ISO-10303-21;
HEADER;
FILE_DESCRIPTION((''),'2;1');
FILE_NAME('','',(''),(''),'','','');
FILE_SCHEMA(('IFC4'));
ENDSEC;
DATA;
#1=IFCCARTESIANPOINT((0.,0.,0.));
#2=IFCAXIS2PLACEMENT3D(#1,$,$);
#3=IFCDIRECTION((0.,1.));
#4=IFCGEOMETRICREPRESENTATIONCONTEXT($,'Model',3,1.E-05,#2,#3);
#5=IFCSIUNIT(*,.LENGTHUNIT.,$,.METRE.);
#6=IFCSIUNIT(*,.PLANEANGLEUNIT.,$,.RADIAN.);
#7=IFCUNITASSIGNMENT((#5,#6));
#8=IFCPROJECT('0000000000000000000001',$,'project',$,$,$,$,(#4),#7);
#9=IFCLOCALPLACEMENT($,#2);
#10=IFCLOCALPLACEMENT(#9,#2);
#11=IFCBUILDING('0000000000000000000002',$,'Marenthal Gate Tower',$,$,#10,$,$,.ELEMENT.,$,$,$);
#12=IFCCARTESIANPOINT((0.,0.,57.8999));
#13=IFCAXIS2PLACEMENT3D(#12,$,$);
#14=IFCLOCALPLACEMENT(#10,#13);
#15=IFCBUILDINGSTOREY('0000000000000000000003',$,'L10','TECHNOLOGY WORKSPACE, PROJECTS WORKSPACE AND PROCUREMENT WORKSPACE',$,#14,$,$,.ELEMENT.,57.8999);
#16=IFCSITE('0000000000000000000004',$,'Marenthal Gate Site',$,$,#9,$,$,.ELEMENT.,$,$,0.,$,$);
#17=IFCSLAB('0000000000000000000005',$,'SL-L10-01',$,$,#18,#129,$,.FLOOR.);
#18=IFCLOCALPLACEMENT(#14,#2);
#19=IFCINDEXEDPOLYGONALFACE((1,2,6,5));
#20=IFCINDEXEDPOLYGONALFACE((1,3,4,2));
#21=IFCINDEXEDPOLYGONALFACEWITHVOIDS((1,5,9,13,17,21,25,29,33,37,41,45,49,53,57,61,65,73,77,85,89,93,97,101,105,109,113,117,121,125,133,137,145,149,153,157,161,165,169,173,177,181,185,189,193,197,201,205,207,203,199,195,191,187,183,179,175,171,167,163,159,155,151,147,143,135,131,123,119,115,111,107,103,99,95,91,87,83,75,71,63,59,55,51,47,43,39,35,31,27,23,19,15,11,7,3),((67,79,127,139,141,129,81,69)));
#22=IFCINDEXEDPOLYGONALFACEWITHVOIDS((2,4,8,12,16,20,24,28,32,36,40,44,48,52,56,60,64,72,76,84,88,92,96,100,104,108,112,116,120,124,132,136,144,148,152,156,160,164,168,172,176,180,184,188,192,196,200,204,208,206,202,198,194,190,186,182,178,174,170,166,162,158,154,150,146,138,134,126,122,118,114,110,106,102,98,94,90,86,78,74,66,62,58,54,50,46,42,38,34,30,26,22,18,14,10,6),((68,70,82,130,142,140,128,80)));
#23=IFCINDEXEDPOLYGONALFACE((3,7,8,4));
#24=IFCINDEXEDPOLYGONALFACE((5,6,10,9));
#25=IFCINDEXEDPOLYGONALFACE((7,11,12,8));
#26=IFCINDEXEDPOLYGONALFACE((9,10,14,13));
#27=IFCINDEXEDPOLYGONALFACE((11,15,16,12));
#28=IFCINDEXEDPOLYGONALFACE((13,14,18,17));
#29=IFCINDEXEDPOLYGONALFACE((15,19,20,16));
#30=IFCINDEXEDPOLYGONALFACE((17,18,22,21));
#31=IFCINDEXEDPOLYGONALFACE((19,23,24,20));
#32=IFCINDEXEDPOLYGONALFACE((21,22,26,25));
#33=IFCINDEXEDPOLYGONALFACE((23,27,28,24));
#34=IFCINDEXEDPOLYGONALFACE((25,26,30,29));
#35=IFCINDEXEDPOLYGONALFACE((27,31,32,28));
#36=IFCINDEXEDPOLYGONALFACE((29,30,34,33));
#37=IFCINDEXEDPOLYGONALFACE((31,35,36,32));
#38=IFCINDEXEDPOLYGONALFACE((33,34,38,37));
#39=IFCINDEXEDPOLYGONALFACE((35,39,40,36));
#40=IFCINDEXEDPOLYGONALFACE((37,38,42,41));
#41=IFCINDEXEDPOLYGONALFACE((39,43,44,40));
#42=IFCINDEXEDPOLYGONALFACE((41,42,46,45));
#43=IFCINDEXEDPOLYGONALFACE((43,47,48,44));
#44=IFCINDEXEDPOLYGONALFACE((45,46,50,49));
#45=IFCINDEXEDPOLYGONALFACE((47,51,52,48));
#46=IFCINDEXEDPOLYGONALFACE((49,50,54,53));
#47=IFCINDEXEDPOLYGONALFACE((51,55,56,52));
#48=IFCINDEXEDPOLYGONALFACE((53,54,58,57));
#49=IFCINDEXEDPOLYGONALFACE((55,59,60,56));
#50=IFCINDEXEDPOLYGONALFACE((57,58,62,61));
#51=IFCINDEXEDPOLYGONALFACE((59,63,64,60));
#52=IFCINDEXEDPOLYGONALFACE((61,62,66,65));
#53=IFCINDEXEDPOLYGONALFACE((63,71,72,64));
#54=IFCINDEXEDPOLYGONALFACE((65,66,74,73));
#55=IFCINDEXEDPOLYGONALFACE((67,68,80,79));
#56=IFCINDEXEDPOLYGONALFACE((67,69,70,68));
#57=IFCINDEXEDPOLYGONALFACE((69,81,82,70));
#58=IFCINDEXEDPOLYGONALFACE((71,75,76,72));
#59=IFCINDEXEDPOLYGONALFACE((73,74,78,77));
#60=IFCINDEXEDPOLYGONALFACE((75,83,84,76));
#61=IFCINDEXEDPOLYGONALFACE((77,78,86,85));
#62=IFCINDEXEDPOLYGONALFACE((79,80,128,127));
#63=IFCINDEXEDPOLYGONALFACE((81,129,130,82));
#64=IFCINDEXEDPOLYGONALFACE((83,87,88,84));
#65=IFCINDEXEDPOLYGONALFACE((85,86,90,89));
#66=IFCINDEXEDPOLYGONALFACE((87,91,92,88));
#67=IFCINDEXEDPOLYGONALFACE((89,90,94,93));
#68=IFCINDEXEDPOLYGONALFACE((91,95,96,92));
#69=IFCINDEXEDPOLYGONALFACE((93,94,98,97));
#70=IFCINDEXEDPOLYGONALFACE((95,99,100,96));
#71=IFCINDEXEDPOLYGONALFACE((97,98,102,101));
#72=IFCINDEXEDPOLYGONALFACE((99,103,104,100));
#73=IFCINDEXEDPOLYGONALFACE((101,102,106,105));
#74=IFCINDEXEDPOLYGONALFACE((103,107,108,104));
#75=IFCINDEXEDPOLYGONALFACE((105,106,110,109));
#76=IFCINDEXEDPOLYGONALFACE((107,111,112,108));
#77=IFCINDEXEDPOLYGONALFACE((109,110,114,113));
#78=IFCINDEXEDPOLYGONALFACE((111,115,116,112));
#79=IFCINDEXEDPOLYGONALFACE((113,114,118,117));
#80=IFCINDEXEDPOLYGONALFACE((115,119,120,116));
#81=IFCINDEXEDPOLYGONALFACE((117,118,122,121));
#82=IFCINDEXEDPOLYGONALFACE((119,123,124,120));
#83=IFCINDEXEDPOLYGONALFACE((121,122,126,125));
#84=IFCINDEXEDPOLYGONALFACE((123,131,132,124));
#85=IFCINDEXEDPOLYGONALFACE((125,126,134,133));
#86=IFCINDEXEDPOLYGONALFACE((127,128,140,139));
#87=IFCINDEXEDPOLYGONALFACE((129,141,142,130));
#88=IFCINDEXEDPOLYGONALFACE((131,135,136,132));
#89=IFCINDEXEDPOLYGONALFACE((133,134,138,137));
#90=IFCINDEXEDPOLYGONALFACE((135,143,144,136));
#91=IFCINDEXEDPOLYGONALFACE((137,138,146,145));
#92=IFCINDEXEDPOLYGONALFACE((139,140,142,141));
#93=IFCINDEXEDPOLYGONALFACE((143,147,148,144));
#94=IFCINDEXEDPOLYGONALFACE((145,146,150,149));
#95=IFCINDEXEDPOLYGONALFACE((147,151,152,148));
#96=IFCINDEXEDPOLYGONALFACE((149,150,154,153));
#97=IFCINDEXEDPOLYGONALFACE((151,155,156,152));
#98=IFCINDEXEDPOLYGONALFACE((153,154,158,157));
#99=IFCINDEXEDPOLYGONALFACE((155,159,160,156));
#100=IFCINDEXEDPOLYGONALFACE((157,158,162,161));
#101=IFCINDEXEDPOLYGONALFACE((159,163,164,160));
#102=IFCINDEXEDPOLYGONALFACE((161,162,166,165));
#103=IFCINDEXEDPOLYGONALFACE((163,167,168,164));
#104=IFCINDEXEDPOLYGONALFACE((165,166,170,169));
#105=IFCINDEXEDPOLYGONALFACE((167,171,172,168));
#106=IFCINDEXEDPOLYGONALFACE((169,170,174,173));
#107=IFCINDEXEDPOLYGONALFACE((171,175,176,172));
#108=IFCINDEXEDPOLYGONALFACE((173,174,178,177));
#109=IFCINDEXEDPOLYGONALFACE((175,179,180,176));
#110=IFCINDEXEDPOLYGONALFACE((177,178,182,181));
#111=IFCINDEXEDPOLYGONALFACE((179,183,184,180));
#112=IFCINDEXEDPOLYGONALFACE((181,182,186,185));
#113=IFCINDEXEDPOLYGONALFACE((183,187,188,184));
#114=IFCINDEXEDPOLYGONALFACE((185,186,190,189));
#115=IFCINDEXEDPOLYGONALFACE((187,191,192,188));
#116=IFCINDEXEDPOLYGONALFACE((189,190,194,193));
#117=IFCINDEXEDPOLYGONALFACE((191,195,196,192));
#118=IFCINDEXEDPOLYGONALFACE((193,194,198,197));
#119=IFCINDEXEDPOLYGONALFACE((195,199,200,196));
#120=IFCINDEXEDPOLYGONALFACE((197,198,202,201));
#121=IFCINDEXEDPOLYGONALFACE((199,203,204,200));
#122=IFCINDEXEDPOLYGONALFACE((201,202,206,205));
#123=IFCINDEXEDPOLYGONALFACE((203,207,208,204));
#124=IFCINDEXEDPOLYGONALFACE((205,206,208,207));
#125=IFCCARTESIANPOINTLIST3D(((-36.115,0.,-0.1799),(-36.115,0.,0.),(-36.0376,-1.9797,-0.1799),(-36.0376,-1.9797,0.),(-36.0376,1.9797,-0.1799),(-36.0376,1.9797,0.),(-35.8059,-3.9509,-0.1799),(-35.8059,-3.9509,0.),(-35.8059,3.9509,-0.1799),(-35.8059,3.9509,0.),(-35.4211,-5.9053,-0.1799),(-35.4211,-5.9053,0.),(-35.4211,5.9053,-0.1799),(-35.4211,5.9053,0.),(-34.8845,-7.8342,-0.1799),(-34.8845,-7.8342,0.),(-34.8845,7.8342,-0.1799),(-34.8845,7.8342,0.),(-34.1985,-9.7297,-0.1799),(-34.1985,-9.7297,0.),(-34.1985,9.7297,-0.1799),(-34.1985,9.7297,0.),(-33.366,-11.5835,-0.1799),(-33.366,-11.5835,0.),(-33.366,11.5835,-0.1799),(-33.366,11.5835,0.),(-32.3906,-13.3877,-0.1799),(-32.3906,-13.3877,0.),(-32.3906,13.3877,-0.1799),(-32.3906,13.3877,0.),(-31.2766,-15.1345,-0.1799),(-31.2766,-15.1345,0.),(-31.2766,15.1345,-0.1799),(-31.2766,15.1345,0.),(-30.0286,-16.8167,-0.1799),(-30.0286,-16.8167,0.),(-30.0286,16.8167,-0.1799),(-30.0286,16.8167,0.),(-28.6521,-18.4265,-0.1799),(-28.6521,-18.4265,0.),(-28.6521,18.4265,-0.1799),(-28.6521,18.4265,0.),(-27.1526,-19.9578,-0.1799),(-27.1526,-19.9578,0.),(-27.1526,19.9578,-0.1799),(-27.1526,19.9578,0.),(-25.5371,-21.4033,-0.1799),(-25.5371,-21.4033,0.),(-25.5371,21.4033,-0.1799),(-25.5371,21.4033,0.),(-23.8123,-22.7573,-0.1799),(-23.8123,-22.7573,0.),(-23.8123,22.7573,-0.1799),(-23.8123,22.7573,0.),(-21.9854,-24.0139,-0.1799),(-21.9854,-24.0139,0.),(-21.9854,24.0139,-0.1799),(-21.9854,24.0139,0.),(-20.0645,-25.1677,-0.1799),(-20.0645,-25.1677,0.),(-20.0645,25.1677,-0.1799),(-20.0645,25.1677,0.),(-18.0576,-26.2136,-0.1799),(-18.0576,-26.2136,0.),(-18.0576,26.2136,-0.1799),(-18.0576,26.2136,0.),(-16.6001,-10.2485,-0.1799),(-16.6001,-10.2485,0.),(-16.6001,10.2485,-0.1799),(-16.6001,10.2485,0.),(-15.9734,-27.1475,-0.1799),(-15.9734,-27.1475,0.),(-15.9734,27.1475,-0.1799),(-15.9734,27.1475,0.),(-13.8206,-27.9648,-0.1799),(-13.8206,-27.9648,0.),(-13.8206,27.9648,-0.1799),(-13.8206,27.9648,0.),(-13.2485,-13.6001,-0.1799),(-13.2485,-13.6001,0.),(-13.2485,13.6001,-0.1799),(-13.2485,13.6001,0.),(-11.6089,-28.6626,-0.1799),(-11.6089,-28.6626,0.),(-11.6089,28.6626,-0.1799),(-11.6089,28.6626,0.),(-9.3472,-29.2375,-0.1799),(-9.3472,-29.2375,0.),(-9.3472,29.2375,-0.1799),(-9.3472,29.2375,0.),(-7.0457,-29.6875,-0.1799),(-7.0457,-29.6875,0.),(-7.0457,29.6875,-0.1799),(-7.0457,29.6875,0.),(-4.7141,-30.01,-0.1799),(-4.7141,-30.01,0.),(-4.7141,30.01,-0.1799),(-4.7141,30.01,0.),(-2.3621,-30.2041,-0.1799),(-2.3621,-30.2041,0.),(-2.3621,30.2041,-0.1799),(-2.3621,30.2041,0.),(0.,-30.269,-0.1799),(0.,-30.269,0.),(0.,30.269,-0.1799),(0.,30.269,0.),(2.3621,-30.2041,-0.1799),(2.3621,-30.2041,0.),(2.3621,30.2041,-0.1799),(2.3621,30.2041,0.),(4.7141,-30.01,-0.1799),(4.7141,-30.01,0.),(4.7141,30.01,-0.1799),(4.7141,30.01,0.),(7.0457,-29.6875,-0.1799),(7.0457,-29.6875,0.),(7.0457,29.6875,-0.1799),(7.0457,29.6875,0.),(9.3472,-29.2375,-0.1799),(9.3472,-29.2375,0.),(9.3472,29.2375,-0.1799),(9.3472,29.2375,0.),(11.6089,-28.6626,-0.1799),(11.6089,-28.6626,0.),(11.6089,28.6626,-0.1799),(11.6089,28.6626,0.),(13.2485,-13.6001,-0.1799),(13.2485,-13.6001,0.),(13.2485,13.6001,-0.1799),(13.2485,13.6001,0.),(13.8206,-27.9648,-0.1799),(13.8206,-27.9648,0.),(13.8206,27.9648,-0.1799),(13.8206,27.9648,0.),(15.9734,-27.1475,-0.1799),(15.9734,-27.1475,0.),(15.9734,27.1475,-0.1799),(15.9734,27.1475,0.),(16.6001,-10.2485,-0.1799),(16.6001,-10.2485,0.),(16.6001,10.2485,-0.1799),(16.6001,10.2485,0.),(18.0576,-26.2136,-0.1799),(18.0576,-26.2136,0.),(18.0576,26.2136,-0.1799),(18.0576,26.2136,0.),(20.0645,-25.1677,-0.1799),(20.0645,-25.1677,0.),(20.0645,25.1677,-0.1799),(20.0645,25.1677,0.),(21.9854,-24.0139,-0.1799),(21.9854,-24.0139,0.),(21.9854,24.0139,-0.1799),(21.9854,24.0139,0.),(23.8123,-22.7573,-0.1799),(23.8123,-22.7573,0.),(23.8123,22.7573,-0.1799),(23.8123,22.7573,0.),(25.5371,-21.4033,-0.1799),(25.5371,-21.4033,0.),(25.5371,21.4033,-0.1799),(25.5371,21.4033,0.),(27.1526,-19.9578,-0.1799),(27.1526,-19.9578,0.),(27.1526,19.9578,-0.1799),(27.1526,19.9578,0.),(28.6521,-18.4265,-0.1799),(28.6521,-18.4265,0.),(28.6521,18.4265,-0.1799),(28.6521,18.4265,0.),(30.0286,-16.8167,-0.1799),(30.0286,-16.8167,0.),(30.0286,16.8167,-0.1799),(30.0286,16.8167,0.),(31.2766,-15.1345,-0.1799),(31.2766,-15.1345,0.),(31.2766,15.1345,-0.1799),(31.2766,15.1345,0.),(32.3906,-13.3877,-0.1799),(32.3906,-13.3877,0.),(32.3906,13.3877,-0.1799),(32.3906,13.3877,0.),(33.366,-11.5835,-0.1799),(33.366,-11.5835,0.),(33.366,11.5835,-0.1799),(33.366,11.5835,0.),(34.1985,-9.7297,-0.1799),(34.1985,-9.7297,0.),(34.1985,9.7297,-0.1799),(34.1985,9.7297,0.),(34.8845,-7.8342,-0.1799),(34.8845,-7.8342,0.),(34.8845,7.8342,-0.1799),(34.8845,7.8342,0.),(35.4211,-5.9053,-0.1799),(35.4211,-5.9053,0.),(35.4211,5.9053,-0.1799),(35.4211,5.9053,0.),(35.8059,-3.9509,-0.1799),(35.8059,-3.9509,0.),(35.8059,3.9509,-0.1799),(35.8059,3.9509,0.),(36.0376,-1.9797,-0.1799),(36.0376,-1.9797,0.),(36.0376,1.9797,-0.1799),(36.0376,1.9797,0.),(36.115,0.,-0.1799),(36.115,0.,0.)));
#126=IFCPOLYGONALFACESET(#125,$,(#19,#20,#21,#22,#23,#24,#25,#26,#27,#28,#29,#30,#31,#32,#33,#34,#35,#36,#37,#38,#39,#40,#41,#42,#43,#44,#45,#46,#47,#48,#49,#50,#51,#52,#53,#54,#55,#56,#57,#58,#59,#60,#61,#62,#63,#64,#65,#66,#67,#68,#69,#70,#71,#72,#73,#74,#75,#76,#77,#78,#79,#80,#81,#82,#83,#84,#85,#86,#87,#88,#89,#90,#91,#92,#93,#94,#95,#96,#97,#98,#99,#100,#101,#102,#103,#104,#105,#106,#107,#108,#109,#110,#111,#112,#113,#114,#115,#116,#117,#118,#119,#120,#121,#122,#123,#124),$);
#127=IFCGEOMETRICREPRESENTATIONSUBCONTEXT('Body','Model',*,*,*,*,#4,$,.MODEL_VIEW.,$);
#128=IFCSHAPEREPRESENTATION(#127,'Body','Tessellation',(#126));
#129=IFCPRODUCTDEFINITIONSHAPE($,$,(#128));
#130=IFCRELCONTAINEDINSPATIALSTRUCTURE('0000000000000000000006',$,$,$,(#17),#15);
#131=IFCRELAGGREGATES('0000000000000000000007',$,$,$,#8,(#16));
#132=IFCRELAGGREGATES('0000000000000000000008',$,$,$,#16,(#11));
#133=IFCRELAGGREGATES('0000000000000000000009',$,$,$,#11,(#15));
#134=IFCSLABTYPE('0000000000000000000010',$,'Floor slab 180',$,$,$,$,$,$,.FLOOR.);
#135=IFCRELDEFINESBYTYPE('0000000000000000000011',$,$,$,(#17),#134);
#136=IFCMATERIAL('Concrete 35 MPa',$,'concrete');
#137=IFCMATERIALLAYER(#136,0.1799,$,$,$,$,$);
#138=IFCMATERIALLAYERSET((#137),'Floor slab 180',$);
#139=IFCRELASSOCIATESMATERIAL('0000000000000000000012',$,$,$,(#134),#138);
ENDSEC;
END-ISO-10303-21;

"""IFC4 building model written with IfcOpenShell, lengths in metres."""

from ifc_helpers import new_model, si_unit, direction, frame, origin, place, context, subcontext, project, spatial, polyline, outline, extrude, material, layer, layer_set, type_object, element, save


model = new_model("IFC4")

# Units and contexts
model_context = context("Model", 3, precision=1e-05, world=origin(), true_north=direction((0.0, 1.0)))
body_context = subcontext(model_context, "Body", "Model", "MODEL_VIEW")
ifc_project = project(units=[si_unit("LENGTHUNIT", "METRE"), si_unit("PLANEANGLEUNIT", "RADIAN")], contexts=[model_context])

# Site, building, storey
site_placement = place(None, origin())
site = spatial("IfcSite", under=ifc_project, at=site_placement, Name="Marenthal Gate Site", CompositionType="ELEMENT", RefElevation=0.0)
building_placement = place(site_placement, origin())
building = spatial("IfcBuilding", under=site, at=building_placement, Name="Marenthal Gate Tower", CompositionType="ELEMENT")
storey_placement = place(building_placement, frame((0.0, 0.0, 57.8999)))
storey = spatial("IfcBuildingStorey", under=building, at=storey_placement, Name="L10", Description="TECHNOLOGY WORKSPACE, PROJECTS WORKSPACE AND PROCUREMENT WORKSPACE", CompositionType="ELEMENT", Elevation=57.8999)

# Slab
ifc_material_1 = material(Name="Concrete 35 MPa", Category="concrete")
ifc_layer_1 = layer(ifc_material_1, 0.1799)
ifc_layer_set_1 = layer_set([ifc_layer_1], Name="Floor slab 180")
slab_type_1 = type_object("IfcSlabType", Name="Floor slab 180", PredefinedType="FLOOR", material=ifc_layer_set_1)
slab_1_placement = place(storey_placement, frame((0.0, 0.0, -0.1799)))
element("IfcSlab", 1, at=slab_1_placement, inside=storey, type_object=slab_type_1, Name="SL-L10-01", PredefinedType="FLOOR", context=body_context, shape_type="SweptSolid", body=[
    extrude(outline(polyline([(36.115, 0.0), (36.0376, 1.9797), (35.8059, 3.9509), (35.4211, 5.9053), (34.8845, 7.8342), (34.1985, 9.7297), (33.366, 11.5835), (32.3906, 13.3877), (31.2766, 15.1345), (30.0286, 16.8167), (28.6521, 18.4265), (27.1526, 19.9578), (25.5371, 21.4033), (23.8123, 22.7573), (21.9854, 24.0139), (20.0645, 25.1677), (18.0576, 26.2136), (15.9734, 27.1475), (13.8206, 27.9648), (11.6089, 28.6626), (9.3472, 29.2375), (7.0457, 29.6875), (4.7141, 30.01), (2.3621, 30.2041), (0.0, 30.269), (-2.3621, 30.2041), (-4.7141, 30.01), (-7.0457, 29.6875), (-9.3472, 29.2375), (-11.6089, 28.6626), (-13.8206, 27.9648), (-15.9734, 27.1475), (-18.0576, 26.2136), (-20.0645, 25.1677), (-21.9854, 24.0139), (-23.8123, 22.7573), (-25.5371, 21.4033), (-27.1526, 19.9578), (-28.6521, 18.4265), (-30.0286, 16.8167), (-31.2766, 15.1345), (-32.3906, 13.3877), (-33.366, 11.5835), (-34.1985, 9.7297), (-34.8845, 7.8342), (-35.4211, 5.9053), (-35.8059, 3.9509), (-36.0376, 1.9797), (-36.115, 0.0), (-36.0376, -1.9797), (-35.8059, -3.9509), (-35.4211, -5.9053), (-34.8845, -7.8342), (-34.1985, -9.7297), (-33.366, -11.5835), (-32.3906, -13.3877), (-31.2766, -15.1345), (-30.0286, -16.8167), (-28.6521, -18.4265), (-27.1526, -19.9578), (-25.5371, -21.4033), (-23.8123, -22.7573), (-21.9854, -24.0139), (-20.0645, -25.1677), (-18.0576, -26.2136), (-15.9734, -27.1475), (-13.8206, -27.9648), (-11.6089, -28.6626), (-9.3472, -29.2375), (-7.0457, -29.6875), (-4.7141, -30.01), (-2.3621, -30.2041), (0.0, -30.269), (2.3621, -30.2041), (4.7141, -30.01), (7.0457, -29.6875), (9.3472, -29.2375), (11.6089, -28.6626), (13.8206, -27.9648), (15.9734, -27.1475), (18.0576, -26.2136), (20.0645, -25.1677), (21.9854, -24.0139), (23.8123, -22.7573), (25.5371, -21.4033), (27.1526, -19.9578), (28.6521, -18.4265), (30.0286, -16.8167), (31.2766, -15.1345), (32.3906, -13.3877), (33.366, -11.5835), (34.1985, -9.7297), (34.8845, -7.8342), (35.4211, -5.9053), (35.8059, -3.9509), (36.0376, -1.9797), (36.115, 0.0)]), holes=[polyline([(13.2485, -13.6001), (16.6001, -10.2485), (16.6001, 10.2485), (13.2485, 13.6001), (-13.2485, 13.6001), (-16.6001, 10.2485), (-16.6001, -10.2485), (-13.2485, -13.6001), (13.2485, -13.6001)])]), origin(), (0.0, 0.0, 1.0), 0.1799),
])

save(model, "model.ifc")
